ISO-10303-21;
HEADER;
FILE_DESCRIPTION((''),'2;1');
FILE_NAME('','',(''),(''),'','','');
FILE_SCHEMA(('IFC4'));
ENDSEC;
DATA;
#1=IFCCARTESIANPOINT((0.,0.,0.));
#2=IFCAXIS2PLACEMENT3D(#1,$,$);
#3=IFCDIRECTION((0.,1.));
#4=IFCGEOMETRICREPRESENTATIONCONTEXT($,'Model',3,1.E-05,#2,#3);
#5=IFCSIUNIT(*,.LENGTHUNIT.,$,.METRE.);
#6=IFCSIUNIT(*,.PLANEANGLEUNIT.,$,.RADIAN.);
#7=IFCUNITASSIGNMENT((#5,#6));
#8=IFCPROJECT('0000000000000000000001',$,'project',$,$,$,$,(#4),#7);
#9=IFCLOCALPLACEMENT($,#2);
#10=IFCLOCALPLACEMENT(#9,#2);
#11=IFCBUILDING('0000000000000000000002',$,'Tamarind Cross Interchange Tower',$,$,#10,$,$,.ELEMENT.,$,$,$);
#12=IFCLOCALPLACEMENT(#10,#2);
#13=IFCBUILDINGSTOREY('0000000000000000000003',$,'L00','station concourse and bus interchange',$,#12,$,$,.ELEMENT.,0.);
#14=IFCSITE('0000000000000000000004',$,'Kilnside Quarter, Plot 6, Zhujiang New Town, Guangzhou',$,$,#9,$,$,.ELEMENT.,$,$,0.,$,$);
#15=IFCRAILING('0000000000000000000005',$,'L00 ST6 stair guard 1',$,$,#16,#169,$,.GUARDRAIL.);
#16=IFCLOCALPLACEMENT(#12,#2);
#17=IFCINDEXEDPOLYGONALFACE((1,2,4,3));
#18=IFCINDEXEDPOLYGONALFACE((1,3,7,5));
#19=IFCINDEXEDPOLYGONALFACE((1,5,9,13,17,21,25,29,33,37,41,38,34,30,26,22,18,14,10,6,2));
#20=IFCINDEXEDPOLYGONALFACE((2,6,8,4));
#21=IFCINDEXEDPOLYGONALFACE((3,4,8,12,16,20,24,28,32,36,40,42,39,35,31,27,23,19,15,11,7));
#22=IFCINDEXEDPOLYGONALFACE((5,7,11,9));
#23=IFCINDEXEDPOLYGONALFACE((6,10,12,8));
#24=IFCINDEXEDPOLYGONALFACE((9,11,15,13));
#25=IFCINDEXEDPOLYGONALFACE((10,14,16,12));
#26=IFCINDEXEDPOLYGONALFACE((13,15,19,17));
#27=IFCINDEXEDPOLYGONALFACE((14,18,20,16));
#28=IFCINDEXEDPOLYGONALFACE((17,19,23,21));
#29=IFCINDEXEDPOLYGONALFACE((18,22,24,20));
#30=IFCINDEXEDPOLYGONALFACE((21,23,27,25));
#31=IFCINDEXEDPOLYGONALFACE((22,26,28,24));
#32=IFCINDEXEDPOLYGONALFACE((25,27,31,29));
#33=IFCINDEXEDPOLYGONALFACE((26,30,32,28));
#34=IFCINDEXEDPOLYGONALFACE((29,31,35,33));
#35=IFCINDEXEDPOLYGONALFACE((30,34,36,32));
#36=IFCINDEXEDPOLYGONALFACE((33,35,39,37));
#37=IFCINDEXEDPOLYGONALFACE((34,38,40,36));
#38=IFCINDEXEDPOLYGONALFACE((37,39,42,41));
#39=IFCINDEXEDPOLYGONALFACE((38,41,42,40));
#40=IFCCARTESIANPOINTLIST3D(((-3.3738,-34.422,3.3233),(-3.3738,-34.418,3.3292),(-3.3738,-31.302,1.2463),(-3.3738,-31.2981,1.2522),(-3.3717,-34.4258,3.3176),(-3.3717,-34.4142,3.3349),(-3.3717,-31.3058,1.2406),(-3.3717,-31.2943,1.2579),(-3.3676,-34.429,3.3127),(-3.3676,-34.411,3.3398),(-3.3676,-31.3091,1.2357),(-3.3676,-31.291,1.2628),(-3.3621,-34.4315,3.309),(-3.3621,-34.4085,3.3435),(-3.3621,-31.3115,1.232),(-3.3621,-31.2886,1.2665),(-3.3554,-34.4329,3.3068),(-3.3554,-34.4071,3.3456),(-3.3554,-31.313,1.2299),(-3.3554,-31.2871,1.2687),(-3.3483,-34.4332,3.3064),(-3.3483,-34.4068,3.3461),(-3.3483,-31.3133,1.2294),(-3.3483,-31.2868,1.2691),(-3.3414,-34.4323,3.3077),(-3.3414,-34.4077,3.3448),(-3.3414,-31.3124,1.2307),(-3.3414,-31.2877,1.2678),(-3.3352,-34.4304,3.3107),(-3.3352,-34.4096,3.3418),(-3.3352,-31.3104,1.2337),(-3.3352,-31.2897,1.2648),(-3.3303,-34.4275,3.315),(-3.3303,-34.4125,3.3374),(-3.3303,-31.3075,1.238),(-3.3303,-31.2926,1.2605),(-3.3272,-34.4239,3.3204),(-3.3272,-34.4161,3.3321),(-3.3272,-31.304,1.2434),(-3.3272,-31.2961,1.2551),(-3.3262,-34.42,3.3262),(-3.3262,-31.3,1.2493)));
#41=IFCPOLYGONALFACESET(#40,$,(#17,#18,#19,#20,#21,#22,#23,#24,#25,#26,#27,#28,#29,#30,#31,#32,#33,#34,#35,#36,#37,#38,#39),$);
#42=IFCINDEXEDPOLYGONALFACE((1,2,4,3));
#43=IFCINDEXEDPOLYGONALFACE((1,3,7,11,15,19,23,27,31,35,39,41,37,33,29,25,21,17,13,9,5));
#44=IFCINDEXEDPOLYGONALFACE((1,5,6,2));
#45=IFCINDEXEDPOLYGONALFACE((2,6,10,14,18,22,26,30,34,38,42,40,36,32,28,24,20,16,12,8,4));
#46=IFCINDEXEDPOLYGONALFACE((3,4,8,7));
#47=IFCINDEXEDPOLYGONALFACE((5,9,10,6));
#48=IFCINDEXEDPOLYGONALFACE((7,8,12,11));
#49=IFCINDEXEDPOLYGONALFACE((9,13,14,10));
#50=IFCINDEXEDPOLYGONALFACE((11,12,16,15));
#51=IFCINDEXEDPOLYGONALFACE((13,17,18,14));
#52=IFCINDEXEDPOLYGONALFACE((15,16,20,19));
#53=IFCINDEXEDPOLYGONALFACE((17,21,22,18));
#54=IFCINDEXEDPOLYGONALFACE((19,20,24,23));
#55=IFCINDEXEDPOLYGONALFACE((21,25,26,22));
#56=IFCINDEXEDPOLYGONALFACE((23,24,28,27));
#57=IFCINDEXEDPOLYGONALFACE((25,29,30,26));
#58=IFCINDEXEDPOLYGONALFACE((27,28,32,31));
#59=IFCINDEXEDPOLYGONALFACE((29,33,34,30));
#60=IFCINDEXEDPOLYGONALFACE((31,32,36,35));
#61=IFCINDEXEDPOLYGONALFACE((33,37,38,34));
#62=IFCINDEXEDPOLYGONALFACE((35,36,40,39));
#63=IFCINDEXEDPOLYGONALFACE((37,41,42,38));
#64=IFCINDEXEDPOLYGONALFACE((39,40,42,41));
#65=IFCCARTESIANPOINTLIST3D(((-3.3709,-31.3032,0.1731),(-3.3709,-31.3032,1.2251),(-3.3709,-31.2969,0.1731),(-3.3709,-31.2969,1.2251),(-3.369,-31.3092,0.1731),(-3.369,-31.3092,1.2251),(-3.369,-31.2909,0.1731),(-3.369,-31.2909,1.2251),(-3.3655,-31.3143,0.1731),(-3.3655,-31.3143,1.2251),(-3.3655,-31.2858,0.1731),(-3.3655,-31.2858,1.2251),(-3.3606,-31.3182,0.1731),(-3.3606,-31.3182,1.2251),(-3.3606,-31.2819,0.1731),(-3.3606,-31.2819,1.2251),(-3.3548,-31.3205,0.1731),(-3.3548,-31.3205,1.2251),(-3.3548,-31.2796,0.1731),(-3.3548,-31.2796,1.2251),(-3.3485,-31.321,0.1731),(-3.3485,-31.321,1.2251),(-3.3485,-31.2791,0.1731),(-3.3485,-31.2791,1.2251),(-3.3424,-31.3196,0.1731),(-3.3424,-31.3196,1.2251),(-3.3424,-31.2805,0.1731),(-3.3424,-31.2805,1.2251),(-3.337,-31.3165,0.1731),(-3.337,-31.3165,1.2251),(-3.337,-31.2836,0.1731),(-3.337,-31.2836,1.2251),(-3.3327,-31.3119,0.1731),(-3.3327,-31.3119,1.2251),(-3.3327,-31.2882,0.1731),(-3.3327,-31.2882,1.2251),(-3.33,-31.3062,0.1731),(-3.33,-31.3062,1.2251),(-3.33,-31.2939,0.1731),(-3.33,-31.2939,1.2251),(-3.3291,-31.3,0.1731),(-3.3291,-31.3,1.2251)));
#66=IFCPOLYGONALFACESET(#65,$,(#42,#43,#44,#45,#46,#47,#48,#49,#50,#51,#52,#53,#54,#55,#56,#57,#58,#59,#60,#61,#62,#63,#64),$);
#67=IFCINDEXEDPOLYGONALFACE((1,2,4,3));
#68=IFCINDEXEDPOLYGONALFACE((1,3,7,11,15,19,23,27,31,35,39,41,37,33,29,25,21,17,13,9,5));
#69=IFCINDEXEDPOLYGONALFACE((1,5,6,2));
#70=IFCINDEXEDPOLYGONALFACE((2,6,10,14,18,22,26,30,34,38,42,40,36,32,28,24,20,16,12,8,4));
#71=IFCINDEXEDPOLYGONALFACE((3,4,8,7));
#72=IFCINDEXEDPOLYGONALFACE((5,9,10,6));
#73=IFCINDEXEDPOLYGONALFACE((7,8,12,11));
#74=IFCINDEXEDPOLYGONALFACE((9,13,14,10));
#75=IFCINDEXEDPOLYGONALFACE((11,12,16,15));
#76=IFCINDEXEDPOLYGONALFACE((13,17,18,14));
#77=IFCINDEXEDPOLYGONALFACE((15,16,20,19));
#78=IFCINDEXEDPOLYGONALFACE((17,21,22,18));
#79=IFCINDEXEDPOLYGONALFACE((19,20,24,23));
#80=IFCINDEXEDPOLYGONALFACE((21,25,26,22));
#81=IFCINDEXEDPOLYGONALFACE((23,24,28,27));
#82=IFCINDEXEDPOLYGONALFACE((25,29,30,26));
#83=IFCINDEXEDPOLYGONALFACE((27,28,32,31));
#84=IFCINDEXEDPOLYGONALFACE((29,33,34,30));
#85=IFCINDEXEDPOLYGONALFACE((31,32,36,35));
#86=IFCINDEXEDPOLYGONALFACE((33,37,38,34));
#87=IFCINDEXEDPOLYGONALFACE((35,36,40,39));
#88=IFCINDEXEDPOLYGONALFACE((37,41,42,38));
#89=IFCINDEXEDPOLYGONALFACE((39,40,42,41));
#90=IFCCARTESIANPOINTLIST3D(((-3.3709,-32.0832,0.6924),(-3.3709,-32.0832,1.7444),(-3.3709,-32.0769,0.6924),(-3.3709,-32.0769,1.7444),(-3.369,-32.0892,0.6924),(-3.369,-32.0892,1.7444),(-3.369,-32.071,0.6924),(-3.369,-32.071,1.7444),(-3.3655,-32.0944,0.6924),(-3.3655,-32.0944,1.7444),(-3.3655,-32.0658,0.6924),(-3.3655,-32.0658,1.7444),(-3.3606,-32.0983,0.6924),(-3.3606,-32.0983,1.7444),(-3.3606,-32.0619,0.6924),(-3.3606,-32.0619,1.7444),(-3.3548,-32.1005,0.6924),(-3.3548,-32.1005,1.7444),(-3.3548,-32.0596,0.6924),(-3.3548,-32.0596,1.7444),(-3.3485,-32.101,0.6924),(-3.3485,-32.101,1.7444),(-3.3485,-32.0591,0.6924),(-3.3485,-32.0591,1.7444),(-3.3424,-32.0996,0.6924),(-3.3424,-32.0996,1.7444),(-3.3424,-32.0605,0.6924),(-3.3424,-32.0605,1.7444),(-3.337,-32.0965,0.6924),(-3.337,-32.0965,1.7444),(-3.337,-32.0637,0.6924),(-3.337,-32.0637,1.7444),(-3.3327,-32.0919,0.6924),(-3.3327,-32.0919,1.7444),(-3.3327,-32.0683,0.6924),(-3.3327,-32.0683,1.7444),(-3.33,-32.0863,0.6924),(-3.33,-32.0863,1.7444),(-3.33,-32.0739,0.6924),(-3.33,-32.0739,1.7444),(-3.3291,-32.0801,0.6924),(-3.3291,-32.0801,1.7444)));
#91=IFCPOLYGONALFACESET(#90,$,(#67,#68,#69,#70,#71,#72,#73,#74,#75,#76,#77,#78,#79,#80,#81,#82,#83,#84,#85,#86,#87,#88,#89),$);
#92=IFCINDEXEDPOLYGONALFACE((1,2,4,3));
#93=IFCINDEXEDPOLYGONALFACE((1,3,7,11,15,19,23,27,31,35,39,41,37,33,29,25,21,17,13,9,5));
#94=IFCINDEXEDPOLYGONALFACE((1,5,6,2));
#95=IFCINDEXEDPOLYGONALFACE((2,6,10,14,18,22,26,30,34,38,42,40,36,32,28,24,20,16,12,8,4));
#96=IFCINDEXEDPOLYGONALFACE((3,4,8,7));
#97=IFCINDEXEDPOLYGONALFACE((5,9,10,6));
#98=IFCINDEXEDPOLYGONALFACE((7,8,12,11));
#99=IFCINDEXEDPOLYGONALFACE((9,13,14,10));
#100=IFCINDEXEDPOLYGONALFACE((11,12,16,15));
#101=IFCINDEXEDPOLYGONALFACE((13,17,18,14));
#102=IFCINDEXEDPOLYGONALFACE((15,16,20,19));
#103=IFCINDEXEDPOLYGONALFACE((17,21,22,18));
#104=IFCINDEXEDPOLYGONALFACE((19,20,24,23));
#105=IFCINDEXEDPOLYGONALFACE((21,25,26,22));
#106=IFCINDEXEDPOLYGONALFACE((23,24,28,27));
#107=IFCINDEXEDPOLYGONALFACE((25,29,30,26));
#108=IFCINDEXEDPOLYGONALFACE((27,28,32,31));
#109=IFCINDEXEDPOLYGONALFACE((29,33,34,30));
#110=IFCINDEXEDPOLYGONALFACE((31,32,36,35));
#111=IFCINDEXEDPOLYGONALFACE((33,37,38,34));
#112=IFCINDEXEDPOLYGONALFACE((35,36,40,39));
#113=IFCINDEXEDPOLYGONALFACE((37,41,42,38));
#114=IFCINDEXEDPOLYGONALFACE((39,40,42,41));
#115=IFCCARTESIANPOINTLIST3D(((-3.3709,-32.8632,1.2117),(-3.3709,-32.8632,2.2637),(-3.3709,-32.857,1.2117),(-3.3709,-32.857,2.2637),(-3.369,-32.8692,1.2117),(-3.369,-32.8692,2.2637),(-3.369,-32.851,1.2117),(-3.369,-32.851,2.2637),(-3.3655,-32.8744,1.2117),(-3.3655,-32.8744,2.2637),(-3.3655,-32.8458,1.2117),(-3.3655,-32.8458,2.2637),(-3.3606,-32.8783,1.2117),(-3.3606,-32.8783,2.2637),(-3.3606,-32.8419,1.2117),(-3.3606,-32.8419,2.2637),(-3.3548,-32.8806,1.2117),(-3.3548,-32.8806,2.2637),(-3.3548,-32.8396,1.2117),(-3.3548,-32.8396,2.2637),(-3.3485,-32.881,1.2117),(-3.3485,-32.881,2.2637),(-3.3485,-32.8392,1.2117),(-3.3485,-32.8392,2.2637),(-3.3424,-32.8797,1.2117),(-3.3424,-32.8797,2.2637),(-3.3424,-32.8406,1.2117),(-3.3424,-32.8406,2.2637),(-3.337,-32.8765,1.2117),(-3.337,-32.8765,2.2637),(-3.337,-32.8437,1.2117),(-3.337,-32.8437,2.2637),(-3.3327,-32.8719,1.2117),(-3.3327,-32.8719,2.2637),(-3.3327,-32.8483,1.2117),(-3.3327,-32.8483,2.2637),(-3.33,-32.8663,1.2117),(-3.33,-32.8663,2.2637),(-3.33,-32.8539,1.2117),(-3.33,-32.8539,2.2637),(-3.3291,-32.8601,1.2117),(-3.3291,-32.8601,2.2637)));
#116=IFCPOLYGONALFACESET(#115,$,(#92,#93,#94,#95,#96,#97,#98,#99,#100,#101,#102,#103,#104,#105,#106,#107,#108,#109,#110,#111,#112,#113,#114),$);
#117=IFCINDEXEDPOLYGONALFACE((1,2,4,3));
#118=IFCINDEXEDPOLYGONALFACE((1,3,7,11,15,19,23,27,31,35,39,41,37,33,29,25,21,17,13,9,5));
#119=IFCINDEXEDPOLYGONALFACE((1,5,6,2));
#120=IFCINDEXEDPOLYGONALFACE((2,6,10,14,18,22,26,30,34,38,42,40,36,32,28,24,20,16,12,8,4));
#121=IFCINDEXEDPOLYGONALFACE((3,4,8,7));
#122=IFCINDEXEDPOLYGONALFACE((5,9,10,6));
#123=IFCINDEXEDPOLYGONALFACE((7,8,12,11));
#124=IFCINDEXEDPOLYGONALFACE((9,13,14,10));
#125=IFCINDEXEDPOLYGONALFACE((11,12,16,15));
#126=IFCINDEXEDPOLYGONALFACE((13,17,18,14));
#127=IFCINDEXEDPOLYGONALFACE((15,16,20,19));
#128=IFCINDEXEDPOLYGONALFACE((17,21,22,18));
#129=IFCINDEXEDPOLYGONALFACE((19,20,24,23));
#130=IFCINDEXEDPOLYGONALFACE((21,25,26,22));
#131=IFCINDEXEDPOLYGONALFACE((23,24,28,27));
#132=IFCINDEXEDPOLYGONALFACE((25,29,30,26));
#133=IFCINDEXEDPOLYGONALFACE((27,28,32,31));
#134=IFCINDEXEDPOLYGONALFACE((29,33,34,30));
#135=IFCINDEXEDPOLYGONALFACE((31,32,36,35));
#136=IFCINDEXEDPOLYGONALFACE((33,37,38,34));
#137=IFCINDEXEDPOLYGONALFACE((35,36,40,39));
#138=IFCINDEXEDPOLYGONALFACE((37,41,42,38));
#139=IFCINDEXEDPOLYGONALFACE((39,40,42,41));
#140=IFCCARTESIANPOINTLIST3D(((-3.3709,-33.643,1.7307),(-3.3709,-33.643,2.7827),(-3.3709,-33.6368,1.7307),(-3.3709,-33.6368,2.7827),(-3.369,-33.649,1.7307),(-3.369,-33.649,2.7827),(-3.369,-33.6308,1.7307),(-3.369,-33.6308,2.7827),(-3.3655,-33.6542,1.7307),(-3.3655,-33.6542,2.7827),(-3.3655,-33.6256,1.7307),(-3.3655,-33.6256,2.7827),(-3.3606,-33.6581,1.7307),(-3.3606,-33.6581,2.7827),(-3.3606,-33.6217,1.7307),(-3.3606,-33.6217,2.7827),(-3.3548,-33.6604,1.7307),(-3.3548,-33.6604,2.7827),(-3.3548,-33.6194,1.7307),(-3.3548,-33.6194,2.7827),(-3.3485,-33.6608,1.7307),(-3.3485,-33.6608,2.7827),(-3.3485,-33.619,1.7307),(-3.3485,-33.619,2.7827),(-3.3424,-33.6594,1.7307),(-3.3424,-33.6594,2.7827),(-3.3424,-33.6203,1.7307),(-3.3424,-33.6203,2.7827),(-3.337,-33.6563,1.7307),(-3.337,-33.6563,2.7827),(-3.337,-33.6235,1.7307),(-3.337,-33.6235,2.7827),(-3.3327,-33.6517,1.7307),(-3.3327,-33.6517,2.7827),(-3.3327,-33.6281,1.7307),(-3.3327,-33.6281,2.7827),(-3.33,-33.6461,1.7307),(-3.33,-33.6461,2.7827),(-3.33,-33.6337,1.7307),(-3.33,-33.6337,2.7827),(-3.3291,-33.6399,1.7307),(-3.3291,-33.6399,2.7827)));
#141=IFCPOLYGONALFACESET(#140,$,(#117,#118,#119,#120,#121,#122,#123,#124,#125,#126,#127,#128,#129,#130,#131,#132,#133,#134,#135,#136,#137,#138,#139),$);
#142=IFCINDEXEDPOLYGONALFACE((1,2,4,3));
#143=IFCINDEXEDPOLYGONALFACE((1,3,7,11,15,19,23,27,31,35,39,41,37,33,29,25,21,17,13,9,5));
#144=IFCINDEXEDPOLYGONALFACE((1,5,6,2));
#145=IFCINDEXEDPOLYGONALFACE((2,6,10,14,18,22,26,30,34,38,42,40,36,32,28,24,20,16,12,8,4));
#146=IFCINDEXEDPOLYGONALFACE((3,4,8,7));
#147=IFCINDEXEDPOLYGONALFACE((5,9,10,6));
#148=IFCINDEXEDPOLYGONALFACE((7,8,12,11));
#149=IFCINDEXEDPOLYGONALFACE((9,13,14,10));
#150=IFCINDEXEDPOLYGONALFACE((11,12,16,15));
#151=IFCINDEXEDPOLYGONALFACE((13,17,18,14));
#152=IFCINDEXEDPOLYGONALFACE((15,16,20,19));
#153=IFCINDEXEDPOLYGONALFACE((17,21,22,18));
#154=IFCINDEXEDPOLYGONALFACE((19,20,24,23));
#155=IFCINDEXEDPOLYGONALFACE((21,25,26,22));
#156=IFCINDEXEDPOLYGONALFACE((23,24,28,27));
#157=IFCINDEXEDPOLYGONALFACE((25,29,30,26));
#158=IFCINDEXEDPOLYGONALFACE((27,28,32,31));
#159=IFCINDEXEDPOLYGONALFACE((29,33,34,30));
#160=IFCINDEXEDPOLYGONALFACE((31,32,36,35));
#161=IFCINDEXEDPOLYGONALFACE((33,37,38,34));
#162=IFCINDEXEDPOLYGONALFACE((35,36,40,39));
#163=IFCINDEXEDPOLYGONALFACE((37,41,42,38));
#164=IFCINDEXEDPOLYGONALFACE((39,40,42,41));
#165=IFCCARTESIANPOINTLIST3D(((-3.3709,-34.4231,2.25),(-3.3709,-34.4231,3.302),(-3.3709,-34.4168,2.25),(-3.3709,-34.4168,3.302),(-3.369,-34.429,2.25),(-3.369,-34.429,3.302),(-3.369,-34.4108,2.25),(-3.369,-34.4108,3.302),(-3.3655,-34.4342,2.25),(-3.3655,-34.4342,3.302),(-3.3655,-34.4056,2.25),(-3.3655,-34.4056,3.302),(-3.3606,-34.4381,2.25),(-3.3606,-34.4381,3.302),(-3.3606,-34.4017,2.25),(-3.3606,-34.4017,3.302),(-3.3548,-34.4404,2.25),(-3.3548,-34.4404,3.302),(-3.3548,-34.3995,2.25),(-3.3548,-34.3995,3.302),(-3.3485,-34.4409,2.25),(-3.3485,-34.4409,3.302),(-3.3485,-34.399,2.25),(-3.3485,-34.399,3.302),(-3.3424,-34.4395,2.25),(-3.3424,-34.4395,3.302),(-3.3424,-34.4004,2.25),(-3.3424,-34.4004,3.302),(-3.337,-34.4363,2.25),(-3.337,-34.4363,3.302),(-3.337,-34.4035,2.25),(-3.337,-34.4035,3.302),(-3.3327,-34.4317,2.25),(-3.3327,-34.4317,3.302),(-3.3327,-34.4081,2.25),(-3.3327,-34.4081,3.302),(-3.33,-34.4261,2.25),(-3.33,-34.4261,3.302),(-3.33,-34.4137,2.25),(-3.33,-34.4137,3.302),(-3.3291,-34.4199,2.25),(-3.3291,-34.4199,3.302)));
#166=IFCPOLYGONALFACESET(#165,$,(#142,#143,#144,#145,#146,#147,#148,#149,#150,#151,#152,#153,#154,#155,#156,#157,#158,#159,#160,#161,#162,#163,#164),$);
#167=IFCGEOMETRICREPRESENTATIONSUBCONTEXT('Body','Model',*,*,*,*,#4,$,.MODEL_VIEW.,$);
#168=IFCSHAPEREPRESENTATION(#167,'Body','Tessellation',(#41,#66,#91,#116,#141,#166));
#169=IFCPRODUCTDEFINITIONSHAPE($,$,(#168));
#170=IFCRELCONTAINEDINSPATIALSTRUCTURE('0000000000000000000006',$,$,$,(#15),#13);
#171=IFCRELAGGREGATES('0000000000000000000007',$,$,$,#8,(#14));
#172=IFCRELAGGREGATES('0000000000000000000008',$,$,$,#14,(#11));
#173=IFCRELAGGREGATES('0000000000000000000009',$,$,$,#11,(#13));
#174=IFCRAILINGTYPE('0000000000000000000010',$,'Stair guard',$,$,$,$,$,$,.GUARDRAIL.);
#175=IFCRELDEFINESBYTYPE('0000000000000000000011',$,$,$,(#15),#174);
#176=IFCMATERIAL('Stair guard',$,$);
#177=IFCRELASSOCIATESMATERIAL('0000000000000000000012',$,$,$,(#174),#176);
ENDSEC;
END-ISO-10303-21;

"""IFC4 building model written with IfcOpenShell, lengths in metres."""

from ifc_helpers import new_model, si_unit, direction, frame, origin, origin_2d, place, context, subcontext, project, spatial, circle, extrude, material, type_object, element, save


model = new_model("IFC4")

# Units and contexts
model_context = context("Model", 3, precision=1e-05, world=origin(), true_north=direction((0.0, 1.0)))
body_context = subcontext(model_context, "Body", "Model", "MODEL_VIEW")
ifc_project = project(units=[si_unit("LENGTHUNIT", "METRE"), si_unit("PLANEANGLEUNIT", "RADIAN")], contexts=[model_context])

# Site, building, storey
site_placement = place(None, origin())
site = spatial("IfcSite", under=ifc_project, at=site_placement, Name="Kilnside Quarter, Plot 6, Zhujiang New Town, Guangzhou", CompositionType="ELEMENT", RefElevation=0.0)
building_placement = place(site_placement, origin())
building = spatial("IfcBuilding", under=site, at=building_placement, Name="Tamarind Cross Interchange Tower", CompositionType="ELEMENT")
storey_placement = place(building_placement, origin())
storey = spatial("IfcBuildingStorey", under=building, at=storey_placement, Name="L00", Description="station concourse and bus interchange", CompositionType="ELEMENT", Elevation=0.0)

# Railing
ifc_material_1 = material(Name="Stair guard")
railing_type_1 = type_object("IfcRailingType", Name="Stair guard", PredefinedType="GUARDRAIL", material=ifc_material_1)
railing_1_placement = place(storey_placement, frame((-3.3501, -31.3, 0.1731)))
element("IfcRailing", 1, at=railing_1_placement, inside=storey, type_object=railing_type_1, Name="L00 ST6 stair guard 1", PredefinedType="GUARDRAIL", context=body_context, shape_type="SweptSolid", body=[
    extrude(circle(Radius=0.0239, at=origin_2d()), frame((0.0, 0.0, 1.0762), z_axis=(0.0, -0.832421, 0.554144), x_axis=(1.0, 0.0, 0.0)), (0.0, 0.0, 1.0), 3.748),
    extrude(circle(Radius=0.021, at=origin_2d()), origin(), (0.0, 0.0, 1.0), 1.052),
    extrude(circle(Radius=0.021, at=origin_2d()), frame((0.0, -0.78, 0.5193)), (0.0, 0.0, 1.0), 1.052),
    extrude(circle(Radius=0.021, at=origin_2d()), frame((0.0, -1.5601, 1.0386)), (0.0, 0.0, 1.0), 1.052),
    extrude(circle(Radius=0.021, at=origin_2d()), frame((0.0, -2.3398, 1.5576)), (0.0, 0.0, 1.0), 1.052),
    extrude(circle(Radius=0.021, at=origin_2d()), frame((0.0, -3.1199, 2.0769)), (0.0, 0.0, 1.0), 1.052),
])

save(model, "model.ifc")
